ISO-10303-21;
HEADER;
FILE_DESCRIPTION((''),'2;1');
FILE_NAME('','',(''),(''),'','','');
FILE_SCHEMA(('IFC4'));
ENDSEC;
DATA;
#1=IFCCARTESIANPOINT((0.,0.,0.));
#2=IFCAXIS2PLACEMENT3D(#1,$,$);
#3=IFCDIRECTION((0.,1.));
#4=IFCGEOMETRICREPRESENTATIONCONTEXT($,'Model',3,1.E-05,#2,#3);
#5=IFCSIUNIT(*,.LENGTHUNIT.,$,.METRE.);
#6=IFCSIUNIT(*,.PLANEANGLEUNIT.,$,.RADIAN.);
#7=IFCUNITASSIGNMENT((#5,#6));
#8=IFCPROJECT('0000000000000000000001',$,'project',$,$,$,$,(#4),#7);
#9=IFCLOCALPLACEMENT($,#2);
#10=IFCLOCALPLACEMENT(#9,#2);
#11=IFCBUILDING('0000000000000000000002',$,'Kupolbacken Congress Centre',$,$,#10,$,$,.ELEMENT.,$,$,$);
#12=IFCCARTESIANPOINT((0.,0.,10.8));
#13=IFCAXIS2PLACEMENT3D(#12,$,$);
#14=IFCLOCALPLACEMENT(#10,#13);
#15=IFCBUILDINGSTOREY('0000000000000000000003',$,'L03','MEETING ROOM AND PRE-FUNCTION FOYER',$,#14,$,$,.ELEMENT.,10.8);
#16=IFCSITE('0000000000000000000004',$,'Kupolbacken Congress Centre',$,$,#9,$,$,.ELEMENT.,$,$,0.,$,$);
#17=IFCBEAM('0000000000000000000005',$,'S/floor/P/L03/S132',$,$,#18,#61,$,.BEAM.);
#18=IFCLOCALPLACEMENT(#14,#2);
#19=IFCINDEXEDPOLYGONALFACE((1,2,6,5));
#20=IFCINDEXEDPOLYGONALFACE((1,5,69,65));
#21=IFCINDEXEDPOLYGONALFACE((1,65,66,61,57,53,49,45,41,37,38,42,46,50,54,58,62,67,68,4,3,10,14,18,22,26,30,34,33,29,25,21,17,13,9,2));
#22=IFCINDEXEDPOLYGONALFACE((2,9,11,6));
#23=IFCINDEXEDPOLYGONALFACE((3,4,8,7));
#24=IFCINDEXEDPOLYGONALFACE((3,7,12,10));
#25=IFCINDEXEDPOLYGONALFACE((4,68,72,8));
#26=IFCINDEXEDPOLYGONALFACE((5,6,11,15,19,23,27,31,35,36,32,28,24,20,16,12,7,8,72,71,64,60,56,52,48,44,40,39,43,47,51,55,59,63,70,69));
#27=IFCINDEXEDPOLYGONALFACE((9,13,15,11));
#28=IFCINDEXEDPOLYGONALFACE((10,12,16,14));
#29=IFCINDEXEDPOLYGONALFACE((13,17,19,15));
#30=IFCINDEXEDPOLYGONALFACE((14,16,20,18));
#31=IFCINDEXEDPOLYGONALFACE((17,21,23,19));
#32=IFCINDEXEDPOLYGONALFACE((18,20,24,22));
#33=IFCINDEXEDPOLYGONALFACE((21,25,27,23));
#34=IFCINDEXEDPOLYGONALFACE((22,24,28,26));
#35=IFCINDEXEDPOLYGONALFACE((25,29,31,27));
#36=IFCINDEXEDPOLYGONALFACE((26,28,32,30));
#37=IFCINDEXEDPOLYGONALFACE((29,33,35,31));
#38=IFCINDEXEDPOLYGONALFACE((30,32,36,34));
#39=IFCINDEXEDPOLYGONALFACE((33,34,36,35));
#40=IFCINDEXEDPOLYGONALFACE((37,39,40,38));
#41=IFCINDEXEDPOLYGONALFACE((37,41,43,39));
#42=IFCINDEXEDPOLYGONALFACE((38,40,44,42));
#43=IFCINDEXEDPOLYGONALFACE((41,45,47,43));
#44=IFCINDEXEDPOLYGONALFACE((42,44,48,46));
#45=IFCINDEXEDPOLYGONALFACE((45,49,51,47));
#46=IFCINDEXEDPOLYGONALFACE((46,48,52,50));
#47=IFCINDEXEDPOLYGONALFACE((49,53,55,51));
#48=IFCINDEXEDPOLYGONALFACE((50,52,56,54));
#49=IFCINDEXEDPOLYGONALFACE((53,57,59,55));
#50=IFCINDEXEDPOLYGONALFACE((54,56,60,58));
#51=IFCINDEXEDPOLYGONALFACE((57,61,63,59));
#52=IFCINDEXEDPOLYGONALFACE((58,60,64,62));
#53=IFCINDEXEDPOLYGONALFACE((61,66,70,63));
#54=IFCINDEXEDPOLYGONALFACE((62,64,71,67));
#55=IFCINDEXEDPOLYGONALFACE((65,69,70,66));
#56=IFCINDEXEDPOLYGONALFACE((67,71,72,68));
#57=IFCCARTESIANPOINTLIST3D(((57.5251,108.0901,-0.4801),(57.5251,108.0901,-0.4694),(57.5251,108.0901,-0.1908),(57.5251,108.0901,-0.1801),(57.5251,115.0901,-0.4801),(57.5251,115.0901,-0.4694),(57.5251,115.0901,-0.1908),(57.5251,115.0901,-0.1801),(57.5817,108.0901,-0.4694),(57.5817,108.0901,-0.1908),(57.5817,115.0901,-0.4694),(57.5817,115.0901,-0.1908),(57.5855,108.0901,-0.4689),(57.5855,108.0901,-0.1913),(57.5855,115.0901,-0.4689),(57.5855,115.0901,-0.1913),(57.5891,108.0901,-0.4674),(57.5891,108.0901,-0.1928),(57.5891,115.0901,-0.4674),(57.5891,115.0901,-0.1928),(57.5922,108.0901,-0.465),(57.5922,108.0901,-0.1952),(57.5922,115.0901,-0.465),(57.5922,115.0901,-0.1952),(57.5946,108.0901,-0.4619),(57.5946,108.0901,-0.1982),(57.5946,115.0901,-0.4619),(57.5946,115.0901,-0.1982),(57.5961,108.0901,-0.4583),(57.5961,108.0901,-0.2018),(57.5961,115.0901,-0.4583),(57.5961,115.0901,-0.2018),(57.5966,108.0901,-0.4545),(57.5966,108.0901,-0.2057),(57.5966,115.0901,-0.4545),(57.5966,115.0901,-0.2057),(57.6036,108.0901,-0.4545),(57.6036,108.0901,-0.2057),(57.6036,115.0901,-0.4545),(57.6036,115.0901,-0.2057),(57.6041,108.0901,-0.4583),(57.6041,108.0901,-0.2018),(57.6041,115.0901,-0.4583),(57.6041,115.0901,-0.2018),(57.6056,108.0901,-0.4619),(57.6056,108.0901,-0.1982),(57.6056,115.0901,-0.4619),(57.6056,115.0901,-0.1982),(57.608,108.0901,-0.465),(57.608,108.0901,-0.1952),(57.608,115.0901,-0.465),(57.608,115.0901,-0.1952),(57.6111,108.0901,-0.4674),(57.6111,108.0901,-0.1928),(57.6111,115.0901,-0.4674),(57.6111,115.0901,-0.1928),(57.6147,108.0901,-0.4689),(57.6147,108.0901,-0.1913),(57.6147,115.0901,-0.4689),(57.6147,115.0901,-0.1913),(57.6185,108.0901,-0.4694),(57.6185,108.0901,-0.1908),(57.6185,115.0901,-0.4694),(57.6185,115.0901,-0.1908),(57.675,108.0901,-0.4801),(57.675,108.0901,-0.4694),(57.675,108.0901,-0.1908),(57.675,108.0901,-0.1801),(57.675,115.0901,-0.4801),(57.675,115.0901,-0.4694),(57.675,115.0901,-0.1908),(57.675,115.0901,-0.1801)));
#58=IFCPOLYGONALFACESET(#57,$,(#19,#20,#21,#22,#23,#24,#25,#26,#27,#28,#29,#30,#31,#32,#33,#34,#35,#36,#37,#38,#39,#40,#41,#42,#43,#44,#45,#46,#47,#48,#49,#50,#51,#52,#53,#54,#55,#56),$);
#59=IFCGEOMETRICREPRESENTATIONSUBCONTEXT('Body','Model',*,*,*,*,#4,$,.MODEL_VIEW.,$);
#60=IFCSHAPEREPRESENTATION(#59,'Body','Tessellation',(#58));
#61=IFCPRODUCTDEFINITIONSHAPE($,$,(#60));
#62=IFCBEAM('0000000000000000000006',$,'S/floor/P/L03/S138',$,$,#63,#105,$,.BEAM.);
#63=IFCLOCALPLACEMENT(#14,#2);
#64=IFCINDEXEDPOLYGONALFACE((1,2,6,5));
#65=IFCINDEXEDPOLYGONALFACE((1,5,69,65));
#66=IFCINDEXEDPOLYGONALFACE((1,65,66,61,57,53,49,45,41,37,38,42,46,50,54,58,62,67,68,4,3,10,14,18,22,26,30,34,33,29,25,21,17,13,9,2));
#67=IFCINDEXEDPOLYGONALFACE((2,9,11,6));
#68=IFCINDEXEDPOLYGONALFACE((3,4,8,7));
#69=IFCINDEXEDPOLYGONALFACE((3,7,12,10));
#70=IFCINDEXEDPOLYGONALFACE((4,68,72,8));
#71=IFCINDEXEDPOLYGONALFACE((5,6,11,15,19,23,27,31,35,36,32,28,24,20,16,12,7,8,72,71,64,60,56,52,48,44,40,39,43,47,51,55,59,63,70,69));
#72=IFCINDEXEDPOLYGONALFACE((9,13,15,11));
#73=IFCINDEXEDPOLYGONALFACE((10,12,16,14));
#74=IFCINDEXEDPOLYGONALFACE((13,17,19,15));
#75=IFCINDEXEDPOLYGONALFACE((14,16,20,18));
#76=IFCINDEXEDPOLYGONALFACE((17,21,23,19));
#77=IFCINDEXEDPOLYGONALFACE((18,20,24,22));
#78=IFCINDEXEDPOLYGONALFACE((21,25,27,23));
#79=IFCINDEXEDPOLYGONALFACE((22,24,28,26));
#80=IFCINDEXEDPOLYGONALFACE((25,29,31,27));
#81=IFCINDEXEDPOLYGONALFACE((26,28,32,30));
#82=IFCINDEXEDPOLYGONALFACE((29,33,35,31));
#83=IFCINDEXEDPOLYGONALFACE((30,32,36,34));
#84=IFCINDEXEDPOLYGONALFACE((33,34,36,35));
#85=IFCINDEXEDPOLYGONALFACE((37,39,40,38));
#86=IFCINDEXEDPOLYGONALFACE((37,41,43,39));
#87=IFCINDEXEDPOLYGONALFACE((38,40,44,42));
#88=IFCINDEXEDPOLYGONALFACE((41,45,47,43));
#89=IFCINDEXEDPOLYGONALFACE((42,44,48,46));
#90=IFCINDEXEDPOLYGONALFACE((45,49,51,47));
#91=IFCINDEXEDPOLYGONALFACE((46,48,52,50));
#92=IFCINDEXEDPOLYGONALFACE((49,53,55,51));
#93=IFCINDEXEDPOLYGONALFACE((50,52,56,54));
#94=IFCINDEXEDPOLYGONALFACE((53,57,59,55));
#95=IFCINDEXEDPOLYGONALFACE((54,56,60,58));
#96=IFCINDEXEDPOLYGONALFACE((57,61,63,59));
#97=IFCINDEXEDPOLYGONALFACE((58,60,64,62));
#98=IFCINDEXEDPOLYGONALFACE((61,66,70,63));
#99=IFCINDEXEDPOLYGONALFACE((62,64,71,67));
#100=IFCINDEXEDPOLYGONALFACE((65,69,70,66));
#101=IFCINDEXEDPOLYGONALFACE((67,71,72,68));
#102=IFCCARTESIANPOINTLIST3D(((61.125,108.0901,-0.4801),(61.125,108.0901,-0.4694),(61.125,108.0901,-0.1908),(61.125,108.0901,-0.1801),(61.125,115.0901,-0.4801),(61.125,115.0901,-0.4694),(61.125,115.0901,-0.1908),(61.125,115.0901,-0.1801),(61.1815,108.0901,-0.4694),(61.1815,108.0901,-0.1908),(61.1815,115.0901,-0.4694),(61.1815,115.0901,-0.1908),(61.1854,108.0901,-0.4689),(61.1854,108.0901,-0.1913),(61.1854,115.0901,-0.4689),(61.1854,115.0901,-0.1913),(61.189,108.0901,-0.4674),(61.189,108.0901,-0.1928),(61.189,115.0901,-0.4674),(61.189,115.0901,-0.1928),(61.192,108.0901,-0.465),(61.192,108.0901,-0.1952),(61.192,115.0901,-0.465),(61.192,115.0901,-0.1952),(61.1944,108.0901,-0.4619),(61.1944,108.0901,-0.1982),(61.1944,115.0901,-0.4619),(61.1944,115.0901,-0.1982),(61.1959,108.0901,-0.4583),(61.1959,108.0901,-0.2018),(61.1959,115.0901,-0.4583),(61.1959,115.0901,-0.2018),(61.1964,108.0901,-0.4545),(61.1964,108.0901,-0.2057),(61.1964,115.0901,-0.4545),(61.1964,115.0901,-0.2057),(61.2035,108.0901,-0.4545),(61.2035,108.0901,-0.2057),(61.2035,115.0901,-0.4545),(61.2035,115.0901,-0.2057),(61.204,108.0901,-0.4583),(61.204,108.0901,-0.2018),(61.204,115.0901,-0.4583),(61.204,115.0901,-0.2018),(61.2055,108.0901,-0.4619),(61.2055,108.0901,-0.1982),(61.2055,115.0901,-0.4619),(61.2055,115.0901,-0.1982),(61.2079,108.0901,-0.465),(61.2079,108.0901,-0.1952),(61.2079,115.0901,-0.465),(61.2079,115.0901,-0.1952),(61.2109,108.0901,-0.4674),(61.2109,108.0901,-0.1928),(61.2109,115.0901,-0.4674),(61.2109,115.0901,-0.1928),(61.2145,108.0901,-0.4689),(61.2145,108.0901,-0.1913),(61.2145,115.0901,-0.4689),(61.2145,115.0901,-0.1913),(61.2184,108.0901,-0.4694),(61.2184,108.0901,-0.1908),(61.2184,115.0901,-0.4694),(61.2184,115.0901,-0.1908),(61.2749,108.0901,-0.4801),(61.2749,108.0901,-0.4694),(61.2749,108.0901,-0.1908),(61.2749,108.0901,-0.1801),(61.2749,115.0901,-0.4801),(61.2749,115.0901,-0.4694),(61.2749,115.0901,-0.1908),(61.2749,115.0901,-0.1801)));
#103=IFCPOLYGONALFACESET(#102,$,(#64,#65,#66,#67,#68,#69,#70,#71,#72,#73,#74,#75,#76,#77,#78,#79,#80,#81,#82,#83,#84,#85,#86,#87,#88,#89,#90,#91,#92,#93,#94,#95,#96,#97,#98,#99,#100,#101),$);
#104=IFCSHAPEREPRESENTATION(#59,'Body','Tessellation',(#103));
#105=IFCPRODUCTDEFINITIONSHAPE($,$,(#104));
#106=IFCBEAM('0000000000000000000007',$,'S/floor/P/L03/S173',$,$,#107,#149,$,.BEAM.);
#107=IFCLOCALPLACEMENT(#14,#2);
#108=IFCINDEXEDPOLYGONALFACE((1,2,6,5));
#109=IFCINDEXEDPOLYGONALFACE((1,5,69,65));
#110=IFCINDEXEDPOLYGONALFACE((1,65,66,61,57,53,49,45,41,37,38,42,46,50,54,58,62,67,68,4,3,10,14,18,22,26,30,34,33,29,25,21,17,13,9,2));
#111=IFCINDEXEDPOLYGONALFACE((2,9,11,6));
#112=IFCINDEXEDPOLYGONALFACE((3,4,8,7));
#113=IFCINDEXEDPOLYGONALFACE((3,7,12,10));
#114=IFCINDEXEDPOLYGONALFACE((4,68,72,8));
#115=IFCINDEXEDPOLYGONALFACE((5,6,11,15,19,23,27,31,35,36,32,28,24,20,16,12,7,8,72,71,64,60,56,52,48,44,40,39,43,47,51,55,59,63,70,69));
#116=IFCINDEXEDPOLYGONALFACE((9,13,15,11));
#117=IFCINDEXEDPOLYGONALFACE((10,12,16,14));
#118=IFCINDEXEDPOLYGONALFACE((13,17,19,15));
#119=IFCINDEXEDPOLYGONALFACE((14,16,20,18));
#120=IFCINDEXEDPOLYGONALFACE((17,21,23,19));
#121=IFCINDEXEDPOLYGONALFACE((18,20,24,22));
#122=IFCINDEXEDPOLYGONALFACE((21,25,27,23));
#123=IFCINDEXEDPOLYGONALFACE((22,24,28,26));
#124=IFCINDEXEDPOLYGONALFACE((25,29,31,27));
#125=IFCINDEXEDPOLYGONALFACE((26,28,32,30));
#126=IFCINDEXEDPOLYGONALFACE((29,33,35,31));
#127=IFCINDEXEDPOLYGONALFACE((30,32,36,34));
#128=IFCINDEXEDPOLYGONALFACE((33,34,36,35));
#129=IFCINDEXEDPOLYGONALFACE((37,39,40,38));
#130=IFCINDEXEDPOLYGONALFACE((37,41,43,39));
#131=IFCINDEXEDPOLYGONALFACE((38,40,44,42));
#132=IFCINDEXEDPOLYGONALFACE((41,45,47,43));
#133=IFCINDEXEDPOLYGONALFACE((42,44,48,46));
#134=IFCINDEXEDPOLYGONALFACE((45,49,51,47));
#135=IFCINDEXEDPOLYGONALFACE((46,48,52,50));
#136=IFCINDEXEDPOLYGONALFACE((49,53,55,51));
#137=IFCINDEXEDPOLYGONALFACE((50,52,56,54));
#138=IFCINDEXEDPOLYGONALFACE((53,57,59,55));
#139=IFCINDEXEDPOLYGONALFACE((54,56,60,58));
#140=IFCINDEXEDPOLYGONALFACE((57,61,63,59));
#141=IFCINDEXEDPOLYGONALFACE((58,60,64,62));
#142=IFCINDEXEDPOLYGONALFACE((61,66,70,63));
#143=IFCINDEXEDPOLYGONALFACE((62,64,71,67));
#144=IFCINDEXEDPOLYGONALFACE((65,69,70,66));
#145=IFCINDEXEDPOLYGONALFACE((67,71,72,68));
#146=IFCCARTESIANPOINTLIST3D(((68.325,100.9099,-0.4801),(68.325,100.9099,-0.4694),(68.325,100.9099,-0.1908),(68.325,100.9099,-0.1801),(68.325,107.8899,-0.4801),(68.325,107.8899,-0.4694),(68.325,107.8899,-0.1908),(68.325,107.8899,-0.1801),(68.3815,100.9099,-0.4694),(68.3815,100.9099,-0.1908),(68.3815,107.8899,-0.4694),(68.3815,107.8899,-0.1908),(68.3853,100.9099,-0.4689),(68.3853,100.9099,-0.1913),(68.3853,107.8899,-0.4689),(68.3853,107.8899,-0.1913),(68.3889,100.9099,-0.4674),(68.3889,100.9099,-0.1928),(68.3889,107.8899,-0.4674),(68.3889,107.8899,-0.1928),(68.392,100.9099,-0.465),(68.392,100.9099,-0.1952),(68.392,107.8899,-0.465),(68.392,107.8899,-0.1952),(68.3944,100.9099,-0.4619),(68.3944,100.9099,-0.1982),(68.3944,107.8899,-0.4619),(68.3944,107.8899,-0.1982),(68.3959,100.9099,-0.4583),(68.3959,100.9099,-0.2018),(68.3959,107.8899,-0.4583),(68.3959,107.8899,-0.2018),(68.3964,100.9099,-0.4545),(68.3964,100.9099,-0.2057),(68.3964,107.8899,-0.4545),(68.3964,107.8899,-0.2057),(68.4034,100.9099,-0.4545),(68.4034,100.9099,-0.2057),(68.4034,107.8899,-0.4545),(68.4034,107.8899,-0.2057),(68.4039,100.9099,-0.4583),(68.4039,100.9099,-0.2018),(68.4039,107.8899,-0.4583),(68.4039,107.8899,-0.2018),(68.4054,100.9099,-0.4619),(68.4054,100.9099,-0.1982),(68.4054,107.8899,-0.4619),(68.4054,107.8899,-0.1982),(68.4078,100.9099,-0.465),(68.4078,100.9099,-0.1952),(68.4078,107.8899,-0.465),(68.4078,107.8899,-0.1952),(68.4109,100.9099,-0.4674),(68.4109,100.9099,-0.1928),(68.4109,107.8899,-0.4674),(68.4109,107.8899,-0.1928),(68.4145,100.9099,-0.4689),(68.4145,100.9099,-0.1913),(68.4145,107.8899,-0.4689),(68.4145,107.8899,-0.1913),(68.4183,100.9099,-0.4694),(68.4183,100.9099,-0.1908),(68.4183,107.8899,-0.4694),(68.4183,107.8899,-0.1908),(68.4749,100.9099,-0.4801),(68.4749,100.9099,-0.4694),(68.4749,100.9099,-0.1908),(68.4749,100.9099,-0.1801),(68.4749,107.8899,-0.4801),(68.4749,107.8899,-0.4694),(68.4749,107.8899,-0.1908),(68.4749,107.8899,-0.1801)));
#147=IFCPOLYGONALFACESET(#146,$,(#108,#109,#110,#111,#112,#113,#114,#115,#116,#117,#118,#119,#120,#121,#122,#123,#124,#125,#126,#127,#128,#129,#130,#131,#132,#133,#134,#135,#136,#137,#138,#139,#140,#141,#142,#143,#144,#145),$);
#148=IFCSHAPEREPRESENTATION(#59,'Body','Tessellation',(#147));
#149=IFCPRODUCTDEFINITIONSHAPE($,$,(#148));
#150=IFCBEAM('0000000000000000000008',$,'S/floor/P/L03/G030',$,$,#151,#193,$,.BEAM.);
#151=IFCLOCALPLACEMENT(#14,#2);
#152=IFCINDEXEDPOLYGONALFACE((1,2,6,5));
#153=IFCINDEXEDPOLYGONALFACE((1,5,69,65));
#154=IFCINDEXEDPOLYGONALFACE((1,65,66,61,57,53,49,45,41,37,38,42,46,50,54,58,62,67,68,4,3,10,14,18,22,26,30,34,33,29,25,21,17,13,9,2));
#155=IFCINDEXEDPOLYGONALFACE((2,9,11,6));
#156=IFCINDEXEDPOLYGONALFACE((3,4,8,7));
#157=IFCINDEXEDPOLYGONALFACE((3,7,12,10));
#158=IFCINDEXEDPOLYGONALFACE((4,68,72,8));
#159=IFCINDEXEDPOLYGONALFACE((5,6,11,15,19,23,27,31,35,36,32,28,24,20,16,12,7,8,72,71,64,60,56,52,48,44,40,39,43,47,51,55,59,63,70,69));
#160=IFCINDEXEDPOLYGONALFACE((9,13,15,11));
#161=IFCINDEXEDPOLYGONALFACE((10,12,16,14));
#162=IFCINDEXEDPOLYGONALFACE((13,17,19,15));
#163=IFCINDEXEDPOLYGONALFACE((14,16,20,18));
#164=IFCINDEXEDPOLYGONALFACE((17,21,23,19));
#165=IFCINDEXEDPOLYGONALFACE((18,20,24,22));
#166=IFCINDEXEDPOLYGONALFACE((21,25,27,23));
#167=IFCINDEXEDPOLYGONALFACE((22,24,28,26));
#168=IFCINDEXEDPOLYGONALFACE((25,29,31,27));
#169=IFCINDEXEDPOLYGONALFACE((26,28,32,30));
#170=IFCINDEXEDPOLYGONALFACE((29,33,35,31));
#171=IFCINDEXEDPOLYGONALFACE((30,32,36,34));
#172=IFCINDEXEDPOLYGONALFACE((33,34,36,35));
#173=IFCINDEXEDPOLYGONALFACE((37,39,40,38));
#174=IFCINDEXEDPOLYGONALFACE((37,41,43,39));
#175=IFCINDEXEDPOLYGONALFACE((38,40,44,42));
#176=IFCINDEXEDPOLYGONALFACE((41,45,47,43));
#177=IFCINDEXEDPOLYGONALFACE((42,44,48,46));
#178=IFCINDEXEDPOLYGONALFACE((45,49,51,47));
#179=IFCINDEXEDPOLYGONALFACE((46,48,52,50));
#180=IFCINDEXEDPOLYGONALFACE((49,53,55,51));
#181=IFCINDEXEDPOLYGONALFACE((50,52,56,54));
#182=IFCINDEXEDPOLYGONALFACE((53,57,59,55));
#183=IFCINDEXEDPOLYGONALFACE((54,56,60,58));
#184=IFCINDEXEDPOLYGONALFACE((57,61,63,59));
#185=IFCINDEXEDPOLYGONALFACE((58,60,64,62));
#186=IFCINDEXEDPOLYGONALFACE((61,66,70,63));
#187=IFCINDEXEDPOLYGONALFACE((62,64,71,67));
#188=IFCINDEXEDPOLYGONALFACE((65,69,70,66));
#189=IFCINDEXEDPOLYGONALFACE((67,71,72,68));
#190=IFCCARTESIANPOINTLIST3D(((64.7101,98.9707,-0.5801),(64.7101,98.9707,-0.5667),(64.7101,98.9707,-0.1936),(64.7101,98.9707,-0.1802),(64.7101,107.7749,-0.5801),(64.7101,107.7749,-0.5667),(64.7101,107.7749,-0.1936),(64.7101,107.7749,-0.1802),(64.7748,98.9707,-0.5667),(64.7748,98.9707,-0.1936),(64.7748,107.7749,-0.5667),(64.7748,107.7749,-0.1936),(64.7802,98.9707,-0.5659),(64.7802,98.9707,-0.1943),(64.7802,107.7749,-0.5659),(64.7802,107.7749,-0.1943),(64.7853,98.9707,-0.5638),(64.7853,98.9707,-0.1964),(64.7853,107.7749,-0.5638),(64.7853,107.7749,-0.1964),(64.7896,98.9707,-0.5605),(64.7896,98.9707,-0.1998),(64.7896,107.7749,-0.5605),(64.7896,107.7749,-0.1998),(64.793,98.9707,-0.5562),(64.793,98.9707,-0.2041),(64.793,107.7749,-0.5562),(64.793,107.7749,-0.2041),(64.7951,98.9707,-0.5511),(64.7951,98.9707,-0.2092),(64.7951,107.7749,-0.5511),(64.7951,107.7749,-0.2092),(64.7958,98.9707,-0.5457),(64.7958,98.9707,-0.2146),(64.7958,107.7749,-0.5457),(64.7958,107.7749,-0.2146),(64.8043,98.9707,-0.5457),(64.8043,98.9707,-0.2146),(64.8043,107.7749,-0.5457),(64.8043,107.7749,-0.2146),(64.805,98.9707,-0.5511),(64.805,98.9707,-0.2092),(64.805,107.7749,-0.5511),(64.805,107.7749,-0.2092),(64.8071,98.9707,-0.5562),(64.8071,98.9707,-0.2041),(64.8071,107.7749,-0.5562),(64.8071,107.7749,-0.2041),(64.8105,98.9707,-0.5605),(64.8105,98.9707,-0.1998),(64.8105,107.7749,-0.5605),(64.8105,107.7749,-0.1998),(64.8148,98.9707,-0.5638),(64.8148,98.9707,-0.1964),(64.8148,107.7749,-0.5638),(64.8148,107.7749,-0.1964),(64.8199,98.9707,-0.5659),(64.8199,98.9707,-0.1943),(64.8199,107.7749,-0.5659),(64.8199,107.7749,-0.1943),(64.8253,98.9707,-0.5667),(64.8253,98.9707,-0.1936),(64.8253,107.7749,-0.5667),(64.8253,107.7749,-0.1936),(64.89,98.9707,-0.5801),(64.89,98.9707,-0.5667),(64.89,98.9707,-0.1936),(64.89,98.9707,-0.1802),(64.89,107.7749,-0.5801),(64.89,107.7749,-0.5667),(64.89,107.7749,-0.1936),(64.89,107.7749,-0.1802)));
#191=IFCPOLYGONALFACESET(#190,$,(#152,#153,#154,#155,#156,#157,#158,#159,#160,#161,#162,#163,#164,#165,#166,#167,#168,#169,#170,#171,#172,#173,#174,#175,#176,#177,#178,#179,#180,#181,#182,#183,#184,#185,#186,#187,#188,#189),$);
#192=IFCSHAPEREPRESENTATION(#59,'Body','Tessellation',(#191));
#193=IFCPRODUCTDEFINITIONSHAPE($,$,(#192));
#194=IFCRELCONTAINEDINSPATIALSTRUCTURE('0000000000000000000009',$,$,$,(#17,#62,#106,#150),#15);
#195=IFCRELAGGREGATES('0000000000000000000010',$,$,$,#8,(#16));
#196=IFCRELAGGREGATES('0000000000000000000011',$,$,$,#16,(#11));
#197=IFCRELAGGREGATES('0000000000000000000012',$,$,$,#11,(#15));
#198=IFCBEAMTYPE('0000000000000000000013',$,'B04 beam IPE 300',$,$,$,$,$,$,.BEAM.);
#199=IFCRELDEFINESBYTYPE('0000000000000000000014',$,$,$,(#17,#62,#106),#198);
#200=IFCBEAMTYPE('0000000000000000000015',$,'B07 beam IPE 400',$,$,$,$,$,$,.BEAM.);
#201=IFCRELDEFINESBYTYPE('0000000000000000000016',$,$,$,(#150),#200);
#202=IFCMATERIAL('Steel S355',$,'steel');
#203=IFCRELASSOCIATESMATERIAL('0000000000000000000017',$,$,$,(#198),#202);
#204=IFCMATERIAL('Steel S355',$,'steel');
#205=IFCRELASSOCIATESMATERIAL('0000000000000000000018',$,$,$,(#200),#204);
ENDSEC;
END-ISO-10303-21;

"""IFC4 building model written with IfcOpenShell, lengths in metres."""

from ifc_helpers import new_model, si_unit, direction, frame, origin, origin_2d, place, context, subcontext, project, spatial, i_section, extrude, material, material_profile, profile_set, type_object, element, save


model = new_model("IFC4")

# Units and contexts
model_context = context("Model", 3, precision=1e-05, world=origin(), true_north=direction((0.0, 1.0)))
body_context = subcontext(model_context, "Body", "Model", "MODEL_VIEW")
ifc_project = project(units=[si_unit("LENGTHUNIT", "METRE"), si_unit("PLANEANGLEUNIT", "RADIAN")], contexts=[model_context])

# Site, building, storey
site_placement = place(None, origin())
site = spatial("IfcSite", under=ifc_project, at=site_placement, Name="Kupolbacken Congress Centre", CompositionType="ELEMENT", RefElevation=0.0)
building_placement = place(site_placement, origin())
building = spatial("IfcBuilding", under=site, at=building_placement, Name="Kupolbacken Congress Centre", CompositionType="ELEMENT")
storey_placement = place(building_placement, frame((0.0, 0.0, 10.8)))
storey = spatial("IfcBuildingStorey", under=building, at=storey_placement, Name="L03", Description="MEETING ROOM AND PRE-FUNCTION FOYER", CompositionType="ELEMENT", Elevation=10.8)

# Beams
ifc_material_1 = material(Name="Steel S355", Category="steel")
ifc_material_profile_1 = material_profile(ifc_material_1, i_section(OverallWidth=0.1499, OverallDepth=0.3, WebThickness=0.0071, FlangeThickness=0.0107, FilletRadius=0.0149, at=origin_2d()), Name="IPE 300")
ifc_profile_set_1 = profile_set([ifc_material_profile_1], Name="Steel S355")
beam_type_1 = type_object("IfcBeamType", Name="B04 beam IPE 300", PredefinedType="BEAM", material=ifc_profile_set_1)
for number, where, z_axis, x_axis, name in (
    (1, (57.6001, 108.0901, -0.3301), (0.0, 1.0, 0.0), (-1.0, 0.0, 0.0), "S/floor/P/L03/S132"),
    (2, (61.2, 108.0901, -0.3301), (0.0, 1.0, 0.0), (-1.0, 0.0, 0.0), "S/floor/P/L03/S138"),
):
    element("IfcBeam", number, at=place(storey_placement, frame(where, z_axis=z_axis, x_axis=x_axis)), inside=storey, type_object=beam_type_1, Name=name, PredefinedType="BEAM", context=body_context, shape_type="SweptSolid", body=[
        extrude(i_section(OverallWidth=0.1499, OverallDepth=0.3, WebThickness=0.0071, FlangeThickness=0.0107, FilletRadius=0.0149, at=origin_2d()), origin(), (0.0, 0.0, 1.0), 7.0),
    ])
beam_1_placement = place(storey_placement, frame((68.3999, 100.9099, -0.3301), z_axis=(0.0, 1.0, 0.0), x_axis=(-1.0, 0.0, 0.0)))
element("IfcBeam", 3, at=beam_1_placement, inside=storey, type_object=beam_type_1, Name="S/floor/P/L03/S173", PredefinedType="BEAM", context=body_context, shape_type="SweptSolid", body=[
    extrude(i_section(OverallWidth=0.1499, OverallDepth=0.3, WebThickness=0.0071, FlangeThickness=0.0107, FilletRadius=0.0149, at=origin_2d()), origin(), (0.0, 0.0, 1.0), 6.98),
])
ifc_material_2 = material(Name="Steel S355", Category="steel")
ifc_material_profile_2 = material_profile(ifc_material_2, i_section(OverallWidth=0.1799, OverallDepth=0.3999, WebThickness=0.0085, FlangeThickness=0.0134, FilletRadius=0.021, at=origin_2d()), Name="IPE 400")
ifc_profile_set_2 = profile_set([ifc_material_profile_2], Name="Steel S355")
beam_type_2 = type_object("IfcBeamType", Name="B07 beam IPE 400", PredefinedType="BEAM", material=ifc_profile_set_2)
beam_2_placement = place(storey_placement, frame((64.8, 98.9707, -0.3801), z_axis=(0.0, 1.0, 0.0), x_axis=(-1.0, 0.0, 0.0)))
element("IfcBeam", 4, at=beam_2_placement, inside=storey, type_object=beam_type_2, Name="S/floor/P/L03/G030", PredefinedType="BEAM", context=body_context, shape_type="SweptSolid", body=[
    extrude(i_section(OverallWidth=0.1799, OverallDepth=0.3999, WebThickness=0.0085, FlangeThickness=0.0134, FilletRadius=0.021, at=origin_2d()), origin(), (0.0, 0.0, 1.0), 8.8042),
])

save(model, "model.ifc")
